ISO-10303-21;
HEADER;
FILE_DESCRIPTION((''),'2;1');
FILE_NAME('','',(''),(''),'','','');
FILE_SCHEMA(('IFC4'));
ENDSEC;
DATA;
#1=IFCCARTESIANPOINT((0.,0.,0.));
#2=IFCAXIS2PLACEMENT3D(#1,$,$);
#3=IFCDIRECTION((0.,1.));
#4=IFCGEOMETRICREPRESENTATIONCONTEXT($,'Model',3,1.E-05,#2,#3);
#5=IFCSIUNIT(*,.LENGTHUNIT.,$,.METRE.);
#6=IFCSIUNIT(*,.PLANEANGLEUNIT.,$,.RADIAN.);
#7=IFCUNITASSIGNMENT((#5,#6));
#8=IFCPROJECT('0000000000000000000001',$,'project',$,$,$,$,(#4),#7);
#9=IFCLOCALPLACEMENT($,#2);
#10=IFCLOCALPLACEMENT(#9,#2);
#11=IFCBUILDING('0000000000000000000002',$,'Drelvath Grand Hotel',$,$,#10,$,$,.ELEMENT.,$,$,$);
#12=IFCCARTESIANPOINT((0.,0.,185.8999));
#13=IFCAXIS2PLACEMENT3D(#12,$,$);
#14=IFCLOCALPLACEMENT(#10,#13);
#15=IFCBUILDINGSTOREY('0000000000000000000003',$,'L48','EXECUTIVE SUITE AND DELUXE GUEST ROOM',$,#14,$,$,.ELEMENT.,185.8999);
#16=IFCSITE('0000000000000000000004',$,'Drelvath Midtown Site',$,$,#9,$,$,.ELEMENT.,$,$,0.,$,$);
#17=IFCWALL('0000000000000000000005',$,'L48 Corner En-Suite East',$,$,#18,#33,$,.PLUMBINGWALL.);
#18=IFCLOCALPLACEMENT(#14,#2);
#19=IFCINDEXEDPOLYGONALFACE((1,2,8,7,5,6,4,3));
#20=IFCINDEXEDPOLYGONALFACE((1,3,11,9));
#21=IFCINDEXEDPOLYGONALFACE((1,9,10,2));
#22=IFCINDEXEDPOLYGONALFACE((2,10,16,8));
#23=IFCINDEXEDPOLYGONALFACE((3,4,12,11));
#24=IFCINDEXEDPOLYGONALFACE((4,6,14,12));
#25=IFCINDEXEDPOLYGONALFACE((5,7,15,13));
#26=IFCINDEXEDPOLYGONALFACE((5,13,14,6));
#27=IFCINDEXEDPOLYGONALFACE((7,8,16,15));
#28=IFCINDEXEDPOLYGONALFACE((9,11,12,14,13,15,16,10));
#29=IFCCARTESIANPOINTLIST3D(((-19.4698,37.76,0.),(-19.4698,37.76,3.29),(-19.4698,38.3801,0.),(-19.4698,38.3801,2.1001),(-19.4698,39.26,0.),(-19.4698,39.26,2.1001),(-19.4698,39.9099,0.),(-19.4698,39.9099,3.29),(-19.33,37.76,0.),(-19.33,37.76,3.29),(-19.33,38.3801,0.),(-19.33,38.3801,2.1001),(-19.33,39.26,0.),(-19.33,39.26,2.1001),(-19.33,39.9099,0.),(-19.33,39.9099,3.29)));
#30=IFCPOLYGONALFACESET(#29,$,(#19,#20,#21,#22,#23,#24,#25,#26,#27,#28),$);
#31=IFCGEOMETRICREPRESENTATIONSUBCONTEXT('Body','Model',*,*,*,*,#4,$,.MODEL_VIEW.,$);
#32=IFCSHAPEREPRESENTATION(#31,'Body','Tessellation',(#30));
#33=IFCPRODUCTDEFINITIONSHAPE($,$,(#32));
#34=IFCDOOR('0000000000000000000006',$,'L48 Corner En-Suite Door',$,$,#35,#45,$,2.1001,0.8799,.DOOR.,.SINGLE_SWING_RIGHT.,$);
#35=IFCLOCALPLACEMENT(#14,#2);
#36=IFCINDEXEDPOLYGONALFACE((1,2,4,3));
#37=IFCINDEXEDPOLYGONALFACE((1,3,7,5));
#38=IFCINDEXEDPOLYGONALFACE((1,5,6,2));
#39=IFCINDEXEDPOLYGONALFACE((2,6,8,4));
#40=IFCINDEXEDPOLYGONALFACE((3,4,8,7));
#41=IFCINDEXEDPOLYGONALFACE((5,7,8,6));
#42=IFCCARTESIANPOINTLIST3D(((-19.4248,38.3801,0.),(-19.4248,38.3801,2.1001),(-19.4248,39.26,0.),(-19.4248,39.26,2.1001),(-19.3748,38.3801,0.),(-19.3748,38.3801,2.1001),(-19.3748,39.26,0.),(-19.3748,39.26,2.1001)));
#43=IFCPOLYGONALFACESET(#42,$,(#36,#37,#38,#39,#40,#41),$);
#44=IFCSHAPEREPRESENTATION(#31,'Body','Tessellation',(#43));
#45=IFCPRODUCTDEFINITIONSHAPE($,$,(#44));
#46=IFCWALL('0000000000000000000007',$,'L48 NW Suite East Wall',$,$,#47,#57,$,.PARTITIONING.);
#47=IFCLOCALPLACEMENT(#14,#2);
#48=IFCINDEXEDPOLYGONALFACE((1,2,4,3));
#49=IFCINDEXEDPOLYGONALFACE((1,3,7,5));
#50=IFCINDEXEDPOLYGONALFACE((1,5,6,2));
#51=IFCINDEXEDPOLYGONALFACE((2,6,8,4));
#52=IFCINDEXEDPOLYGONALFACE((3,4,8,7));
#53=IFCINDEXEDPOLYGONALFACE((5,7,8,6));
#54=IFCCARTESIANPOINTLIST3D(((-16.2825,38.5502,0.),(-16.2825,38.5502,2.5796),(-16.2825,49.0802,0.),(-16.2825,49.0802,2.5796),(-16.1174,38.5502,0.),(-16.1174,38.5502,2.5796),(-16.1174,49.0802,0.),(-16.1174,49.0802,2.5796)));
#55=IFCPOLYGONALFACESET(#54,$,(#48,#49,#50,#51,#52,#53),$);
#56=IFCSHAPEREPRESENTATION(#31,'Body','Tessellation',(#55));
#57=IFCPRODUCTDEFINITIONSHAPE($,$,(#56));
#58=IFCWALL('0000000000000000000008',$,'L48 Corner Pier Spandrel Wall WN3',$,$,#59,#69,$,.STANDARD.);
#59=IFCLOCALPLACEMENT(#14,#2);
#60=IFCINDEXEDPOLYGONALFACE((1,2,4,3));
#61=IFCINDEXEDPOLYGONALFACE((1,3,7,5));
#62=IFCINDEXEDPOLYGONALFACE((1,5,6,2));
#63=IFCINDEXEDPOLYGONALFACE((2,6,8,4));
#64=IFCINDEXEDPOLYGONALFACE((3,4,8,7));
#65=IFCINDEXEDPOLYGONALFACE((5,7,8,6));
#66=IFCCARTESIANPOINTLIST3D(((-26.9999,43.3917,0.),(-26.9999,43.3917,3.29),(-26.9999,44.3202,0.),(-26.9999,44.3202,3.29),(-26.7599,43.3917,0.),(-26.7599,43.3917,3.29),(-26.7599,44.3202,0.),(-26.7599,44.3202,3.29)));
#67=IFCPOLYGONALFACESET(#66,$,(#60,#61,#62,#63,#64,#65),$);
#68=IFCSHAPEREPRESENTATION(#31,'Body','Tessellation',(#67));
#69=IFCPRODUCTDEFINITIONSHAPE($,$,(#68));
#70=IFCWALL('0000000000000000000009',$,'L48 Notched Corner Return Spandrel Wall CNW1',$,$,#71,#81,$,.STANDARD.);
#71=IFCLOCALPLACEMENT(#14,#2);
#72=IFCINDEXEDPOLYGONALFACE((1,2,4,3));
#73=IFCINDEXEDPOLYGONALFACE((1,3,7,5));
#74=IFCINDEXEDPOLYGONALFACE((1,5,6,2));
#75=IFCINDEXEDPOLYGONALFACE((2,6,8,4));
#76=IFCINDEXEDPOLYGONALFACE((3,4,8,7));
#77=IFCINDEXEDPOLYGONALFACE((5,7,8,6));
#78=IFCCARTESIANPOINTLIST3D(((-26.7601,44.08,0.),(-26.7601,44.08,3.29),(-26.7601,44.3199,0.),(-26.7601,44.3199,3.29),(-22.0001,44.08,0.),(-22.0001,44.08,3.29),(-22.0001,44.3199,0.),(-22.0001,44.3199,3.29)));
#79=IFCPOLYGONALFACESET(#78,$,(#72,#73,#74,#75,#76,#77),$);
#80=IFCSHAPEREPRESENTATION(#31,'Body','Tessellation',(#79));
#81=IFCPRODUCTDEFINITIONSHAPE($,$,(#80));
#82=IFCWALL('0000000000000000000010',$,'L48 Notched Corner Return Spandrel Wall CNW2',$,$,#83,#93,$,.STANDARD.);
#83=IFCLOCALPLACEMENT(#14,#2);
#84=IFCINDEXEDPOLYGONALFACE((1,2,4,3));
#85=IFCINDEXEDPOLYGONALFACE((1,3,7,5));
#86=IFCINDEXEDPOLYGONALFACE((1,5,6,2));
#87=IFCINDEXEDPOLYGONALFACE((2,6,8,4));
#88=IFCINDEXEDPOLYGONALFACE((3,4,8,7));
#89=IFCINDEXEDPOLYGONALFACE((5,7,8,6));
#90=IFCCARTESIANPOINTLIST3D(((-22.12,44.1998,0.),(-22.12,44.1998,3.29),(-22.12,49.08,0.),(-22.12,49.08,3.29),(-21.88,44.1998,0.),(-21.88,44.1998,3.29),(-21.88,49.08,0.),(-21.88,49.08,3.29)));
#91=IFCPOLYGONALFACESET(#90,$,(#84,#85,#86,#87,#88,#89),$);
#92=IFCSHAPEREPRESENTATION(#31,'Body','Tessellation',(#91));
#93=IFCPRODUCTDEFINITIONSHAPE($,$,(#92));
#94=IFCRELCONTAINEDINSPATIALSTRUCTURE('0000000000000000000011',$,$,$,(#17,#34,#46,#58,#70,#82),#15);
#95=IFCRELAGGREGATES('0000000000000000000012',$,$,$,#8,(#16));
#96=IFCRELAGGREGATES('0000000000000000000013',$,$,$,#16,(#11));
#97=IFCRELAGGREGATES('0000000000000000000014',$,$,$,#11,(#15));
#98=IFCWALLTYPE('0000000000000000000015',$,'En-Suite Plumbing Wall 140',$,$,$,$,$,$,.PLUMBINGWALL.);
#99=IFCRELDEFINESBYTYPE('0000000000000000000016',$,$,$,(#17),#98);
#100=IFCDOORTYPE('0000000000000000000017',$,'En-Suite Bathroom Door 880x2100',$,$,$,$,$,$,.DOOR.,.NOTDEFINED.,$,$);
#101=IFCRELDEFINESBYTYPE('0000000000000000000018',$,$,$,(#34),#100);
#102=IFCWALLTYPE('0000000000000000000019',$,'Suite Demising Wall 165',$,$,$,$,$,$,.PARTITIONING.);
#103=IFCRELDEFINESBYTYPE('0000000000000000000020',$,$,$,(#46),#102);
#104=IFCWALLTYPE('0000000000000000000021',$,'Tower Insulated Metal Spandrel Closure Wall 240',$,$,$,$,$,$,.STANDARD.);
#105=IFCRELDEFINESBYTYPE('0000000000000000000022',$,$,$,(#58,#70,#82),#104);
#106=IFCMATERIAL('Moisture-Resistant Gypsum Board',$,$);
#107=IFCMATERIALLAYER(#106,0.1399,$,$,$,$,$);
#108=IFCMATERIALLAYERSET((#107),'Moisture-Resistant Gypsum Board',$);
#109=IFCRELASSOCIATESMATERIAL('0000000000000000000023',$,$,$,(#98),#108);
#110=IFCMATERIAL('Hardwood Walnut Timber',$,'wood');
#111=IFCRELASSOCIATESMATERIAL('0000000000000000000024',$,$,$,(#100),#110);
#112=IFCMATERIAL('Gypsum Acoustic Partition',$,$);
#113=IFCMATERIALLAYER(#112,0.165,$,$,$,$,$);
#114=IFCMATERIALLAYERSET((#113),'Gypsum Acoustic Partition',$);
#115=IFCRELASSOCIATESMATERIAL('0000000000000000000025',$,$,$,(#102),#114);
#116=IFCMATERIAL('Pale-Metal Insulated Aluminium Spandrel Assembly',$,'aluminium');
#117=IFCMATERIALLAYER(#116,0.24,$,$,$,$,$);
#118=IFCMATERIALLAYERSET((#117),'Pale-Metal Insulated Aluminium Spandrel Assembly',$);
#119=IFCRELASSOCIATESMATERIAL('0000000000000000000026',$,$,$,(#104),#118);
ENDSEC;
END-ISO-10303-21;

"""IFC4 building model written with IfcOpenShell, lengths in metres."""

from ifc_helpers import new_model, si_unit, direction, frame, frame_2d, origin, place, context, subcontext, project, spatial, rectangle, extrude, material, layer, layer_set, type_object, element, fill, save


model = new_model("IFC4")

# Units and contexts
model_context = context("Model", 3, precision=1e-05, world=origin(), true_north=direction((0.0, 1.0)))
body_context = subcontext(model_context, "Body", "Model", "MODEL_VIEW")
ifc_project = project(units=[si_unit("LENGTHUNIT", "METRE"), si_unit("PLANEANGLEUNIT", "RADIAN")], contexts=[model_context])

# Site, building, storey
site_placement = place(None, origin())
site = spatial("IfcSite", under=ifc_project, at=site_placement, Name="Drelvath Midtown Site", CompositionType="ELEMENT", RefElevation=0.0)
building_placement = place(site_placement, origin())
building = spatial("IfcBuilding", under=site, at=building_placement, Name="Drelvath Grand Hotel", CompositionType="ELEMENT")
storey_placement = place(building_placement, frame((0.0, 0.0, 185.8999)))
storey = spatial("IfcBuildingStorey", under=building, at=storey_placement, Name="L48", Description="EXECUTIVE SUITE AND DELUXE GUEST ROOM", CompositionType="ELEMENT", Elevation=185.8999)

# Shared definitions
ifc_material_1 = material(Name="Hardwood Walnut Timber", Category="wood")

# Shared definitions
ifc_material_2 = material(Name="Moisture-Resistant Gypsum Board")
ifc_layer_1 = layer(ifc_material_2, 0.1399)
ifc_layer_set_1 = layer_set([ifc_layer_1], Name="Moisture-Resistant Gypsum Board")
wall_type_1 = type_object("IfcWallType", Name="En-Suite Plumbing Wall 140", PredefinedType="PLUMBINGWALL", material=ifc_layer_set_1)

# Wall, opening, door
wall_1_placement = place(storey_placement, frame((-19.3999, 37.76, 0.0), z_axis=(0.0, 0.0, 1.0), x_axis=(0.0, 1.0, 0.0)))
wall_1 = element("IfcWall", 1, at=wall_1_placement, inside=storey, type_object=wall_type_1, Name="L48 Corner En-Suite East", PredefinedType="PLUMBINGWALL", context=body_context, shape_type="SweptSolid", body=[
    extrude(rectangle(XDim=2.1499, YDim=0.1399, at=frame_2d((1.075, 0.0))), origin(), (0.0, 0.0, 1.0), 3.29),
])
opening_1_placement = place(wall_1_placement, frame((0.6201, 0.0, 0.0)))
opening_1 = element("IfcOpeningElement", 2, at=opening_1_placement, cuts=wall_1, PredefinedType="OPENING", context=body_context, shape_type="SweptSolid", body=[
    extrude(rectangle(XDim=0.8799, YDim=2.1001, at=frame_2d((0.4399, 1.05))), frame((0.0, 0.0798, 0.0), z_axis=(0.0, -1.0, 0.0), x_axis=(1.0, 0.0, 0.0)), (0.0, 0.0, 1.0), 0.1599),
])
door_type_1 = type_object("IfcDoorType", Name="En-Suite Bathroom Door 880x2100", OperationType="NOTDEFINED", PredefinedType="DOOR", material=ifc_material_1)
door_1_placement = place(opening_1_placement, origin())
door_1 = element("IfcDoor", 3, at=door_1_placement, inside=storey, type_object=door_type_1, Name="L48 Corner En-Suite Door", OperationType="SINGLE_SWING_RIGHT", OverallHeight=2.1001, OverallWidth=0.8799, PredefinedType="DOOR", context=body_context, shape_type="SweptSolid", body=[
    extrude(rectangle(XDim=0.8799, YDim=2.1001, at=frame_2d((0.4399, 1.05))), frame((0.0, 0.0249, 0.0), z_axis=(0.0, -1.0, 0.0), x_axis=(1.0, 0.0, 0.0)), (0.0, 0.0, 1.0), 0.05),
])
fill(opening_1, door_1)

# Walls
ifc_material_3 = material(Name="Gypsum Acoustic Partition")
ifc_layer_2 = layer(ifc_material_3, 0.165)
ifc_layer_set_2 = layer_set([ifc_layer_2], Name="Gypsum Acoustic Partition")
wall_type_2 = type_object("IfcWallType", Name="Suite Demising Wall 165", PredefinedType="PARTITIONING", material=ifc_layer_set_2)
wall_2_placement = place(storey_placement, frame((-16.2, 38.55, 0.0), z_axis=(0.0, 0.0, 1.0), x_axis=(0.0, 1.0, 0.0)))
element("IfcWall", 4, at=wall_2_placement, inside=storey, type_object=wall_type_2, Name="L48 NW Suite East Wall", PredefinedType="PARTITIONING", context=body_context, shape_type="SweptSolid", body=[
    extrude(rectangle(XDim=10.53, YDim=0.165, at=frame_2d((5.2651, 0.0))), origin(), (0.0, 0.0, 1.0), 2.5796),
])
ifc_material_4 = material(Name="Pale-Metal Insulated Aluminium Spandrel Assembly", Category="aluminium")
ifc_layer_3 = layer(ifc_material_4, 0.24)
ifc_layer_set_3 = layer_set([ifc_layer_3], Name="Pale-Metal Insulated Aluminium Spandrel Assembly")
wall_type_3 = type_object("IfcWallType", Name="Tower Insulated Metal Spandrel Closure Wall 240", PredefinedType="STANDARD", material=ifc_layer_set_3)
wall_3_placement = place(storey_placement, frame((-26.8799, 43.3916, 0.0), z_axis=(0.0, 0.0, 1.0), x_axis=(0.0, 1.0, 0.0)))
element("IfcWall", 5, at=wall_3_placement, inside=storey, type_object=wall_type_3, Name="L48 Corner Pier Spandrel Wall WN3", PredefinedType="STANDARD", context=body_context, shape_type="SweptSolid", body=[
    extrude(rectangle(XDim=0.9285, YDim=0.24, at=frame_2d((0.4644, 0.0))), origin(), (0.0, 0.0, 1.0), 3.29),
])
wall_4_placement = place(storey_placement, frame((-26.76, 44.2, 0.0), z_axis=(0.0, 0.0, 1.0), x_axis=(1.0, 0.0, 0.0)))
element("IfcWall", 6, at=wall_4_placement, inside=storey, type_object=wall_type_3, Name="L48 Notched Corner Return Spandrel Wall CNW1", PredefinedType="STANDARD", context=body_context, shape_type="SweptSolid", body=[
    extrude(rectangle(XDim=4.76, YDim=0.24, at=frame_2d((2.3799, 0.0))), origin(), (0.0, 0.0, 1.0), 3.29),
])
wall_5_placement = place(storey_placement, frame((-22.0, 44.2, 0.0), z_axis=(0.0, 0.0, 1.0), x_axis=(0.0, 1.0, 0.0)))
element("IfcWall", 7, at=wall_5_placement, inside=storey, type_object=wall_type_3, Name="L48 Notched Corner Return Spandrel Wall CNW2", PredefinedType="STANDARD", context=body_context, shape_type="SweptSolid", body=[
    extrude(rectangle(XDim=4.8801, YDim=0.24, at=frame_2d((2.4399, 0.0))), origin(), (0.0, 0.0, 1.0), 3.29),
])

save(model, "model.ifc")
